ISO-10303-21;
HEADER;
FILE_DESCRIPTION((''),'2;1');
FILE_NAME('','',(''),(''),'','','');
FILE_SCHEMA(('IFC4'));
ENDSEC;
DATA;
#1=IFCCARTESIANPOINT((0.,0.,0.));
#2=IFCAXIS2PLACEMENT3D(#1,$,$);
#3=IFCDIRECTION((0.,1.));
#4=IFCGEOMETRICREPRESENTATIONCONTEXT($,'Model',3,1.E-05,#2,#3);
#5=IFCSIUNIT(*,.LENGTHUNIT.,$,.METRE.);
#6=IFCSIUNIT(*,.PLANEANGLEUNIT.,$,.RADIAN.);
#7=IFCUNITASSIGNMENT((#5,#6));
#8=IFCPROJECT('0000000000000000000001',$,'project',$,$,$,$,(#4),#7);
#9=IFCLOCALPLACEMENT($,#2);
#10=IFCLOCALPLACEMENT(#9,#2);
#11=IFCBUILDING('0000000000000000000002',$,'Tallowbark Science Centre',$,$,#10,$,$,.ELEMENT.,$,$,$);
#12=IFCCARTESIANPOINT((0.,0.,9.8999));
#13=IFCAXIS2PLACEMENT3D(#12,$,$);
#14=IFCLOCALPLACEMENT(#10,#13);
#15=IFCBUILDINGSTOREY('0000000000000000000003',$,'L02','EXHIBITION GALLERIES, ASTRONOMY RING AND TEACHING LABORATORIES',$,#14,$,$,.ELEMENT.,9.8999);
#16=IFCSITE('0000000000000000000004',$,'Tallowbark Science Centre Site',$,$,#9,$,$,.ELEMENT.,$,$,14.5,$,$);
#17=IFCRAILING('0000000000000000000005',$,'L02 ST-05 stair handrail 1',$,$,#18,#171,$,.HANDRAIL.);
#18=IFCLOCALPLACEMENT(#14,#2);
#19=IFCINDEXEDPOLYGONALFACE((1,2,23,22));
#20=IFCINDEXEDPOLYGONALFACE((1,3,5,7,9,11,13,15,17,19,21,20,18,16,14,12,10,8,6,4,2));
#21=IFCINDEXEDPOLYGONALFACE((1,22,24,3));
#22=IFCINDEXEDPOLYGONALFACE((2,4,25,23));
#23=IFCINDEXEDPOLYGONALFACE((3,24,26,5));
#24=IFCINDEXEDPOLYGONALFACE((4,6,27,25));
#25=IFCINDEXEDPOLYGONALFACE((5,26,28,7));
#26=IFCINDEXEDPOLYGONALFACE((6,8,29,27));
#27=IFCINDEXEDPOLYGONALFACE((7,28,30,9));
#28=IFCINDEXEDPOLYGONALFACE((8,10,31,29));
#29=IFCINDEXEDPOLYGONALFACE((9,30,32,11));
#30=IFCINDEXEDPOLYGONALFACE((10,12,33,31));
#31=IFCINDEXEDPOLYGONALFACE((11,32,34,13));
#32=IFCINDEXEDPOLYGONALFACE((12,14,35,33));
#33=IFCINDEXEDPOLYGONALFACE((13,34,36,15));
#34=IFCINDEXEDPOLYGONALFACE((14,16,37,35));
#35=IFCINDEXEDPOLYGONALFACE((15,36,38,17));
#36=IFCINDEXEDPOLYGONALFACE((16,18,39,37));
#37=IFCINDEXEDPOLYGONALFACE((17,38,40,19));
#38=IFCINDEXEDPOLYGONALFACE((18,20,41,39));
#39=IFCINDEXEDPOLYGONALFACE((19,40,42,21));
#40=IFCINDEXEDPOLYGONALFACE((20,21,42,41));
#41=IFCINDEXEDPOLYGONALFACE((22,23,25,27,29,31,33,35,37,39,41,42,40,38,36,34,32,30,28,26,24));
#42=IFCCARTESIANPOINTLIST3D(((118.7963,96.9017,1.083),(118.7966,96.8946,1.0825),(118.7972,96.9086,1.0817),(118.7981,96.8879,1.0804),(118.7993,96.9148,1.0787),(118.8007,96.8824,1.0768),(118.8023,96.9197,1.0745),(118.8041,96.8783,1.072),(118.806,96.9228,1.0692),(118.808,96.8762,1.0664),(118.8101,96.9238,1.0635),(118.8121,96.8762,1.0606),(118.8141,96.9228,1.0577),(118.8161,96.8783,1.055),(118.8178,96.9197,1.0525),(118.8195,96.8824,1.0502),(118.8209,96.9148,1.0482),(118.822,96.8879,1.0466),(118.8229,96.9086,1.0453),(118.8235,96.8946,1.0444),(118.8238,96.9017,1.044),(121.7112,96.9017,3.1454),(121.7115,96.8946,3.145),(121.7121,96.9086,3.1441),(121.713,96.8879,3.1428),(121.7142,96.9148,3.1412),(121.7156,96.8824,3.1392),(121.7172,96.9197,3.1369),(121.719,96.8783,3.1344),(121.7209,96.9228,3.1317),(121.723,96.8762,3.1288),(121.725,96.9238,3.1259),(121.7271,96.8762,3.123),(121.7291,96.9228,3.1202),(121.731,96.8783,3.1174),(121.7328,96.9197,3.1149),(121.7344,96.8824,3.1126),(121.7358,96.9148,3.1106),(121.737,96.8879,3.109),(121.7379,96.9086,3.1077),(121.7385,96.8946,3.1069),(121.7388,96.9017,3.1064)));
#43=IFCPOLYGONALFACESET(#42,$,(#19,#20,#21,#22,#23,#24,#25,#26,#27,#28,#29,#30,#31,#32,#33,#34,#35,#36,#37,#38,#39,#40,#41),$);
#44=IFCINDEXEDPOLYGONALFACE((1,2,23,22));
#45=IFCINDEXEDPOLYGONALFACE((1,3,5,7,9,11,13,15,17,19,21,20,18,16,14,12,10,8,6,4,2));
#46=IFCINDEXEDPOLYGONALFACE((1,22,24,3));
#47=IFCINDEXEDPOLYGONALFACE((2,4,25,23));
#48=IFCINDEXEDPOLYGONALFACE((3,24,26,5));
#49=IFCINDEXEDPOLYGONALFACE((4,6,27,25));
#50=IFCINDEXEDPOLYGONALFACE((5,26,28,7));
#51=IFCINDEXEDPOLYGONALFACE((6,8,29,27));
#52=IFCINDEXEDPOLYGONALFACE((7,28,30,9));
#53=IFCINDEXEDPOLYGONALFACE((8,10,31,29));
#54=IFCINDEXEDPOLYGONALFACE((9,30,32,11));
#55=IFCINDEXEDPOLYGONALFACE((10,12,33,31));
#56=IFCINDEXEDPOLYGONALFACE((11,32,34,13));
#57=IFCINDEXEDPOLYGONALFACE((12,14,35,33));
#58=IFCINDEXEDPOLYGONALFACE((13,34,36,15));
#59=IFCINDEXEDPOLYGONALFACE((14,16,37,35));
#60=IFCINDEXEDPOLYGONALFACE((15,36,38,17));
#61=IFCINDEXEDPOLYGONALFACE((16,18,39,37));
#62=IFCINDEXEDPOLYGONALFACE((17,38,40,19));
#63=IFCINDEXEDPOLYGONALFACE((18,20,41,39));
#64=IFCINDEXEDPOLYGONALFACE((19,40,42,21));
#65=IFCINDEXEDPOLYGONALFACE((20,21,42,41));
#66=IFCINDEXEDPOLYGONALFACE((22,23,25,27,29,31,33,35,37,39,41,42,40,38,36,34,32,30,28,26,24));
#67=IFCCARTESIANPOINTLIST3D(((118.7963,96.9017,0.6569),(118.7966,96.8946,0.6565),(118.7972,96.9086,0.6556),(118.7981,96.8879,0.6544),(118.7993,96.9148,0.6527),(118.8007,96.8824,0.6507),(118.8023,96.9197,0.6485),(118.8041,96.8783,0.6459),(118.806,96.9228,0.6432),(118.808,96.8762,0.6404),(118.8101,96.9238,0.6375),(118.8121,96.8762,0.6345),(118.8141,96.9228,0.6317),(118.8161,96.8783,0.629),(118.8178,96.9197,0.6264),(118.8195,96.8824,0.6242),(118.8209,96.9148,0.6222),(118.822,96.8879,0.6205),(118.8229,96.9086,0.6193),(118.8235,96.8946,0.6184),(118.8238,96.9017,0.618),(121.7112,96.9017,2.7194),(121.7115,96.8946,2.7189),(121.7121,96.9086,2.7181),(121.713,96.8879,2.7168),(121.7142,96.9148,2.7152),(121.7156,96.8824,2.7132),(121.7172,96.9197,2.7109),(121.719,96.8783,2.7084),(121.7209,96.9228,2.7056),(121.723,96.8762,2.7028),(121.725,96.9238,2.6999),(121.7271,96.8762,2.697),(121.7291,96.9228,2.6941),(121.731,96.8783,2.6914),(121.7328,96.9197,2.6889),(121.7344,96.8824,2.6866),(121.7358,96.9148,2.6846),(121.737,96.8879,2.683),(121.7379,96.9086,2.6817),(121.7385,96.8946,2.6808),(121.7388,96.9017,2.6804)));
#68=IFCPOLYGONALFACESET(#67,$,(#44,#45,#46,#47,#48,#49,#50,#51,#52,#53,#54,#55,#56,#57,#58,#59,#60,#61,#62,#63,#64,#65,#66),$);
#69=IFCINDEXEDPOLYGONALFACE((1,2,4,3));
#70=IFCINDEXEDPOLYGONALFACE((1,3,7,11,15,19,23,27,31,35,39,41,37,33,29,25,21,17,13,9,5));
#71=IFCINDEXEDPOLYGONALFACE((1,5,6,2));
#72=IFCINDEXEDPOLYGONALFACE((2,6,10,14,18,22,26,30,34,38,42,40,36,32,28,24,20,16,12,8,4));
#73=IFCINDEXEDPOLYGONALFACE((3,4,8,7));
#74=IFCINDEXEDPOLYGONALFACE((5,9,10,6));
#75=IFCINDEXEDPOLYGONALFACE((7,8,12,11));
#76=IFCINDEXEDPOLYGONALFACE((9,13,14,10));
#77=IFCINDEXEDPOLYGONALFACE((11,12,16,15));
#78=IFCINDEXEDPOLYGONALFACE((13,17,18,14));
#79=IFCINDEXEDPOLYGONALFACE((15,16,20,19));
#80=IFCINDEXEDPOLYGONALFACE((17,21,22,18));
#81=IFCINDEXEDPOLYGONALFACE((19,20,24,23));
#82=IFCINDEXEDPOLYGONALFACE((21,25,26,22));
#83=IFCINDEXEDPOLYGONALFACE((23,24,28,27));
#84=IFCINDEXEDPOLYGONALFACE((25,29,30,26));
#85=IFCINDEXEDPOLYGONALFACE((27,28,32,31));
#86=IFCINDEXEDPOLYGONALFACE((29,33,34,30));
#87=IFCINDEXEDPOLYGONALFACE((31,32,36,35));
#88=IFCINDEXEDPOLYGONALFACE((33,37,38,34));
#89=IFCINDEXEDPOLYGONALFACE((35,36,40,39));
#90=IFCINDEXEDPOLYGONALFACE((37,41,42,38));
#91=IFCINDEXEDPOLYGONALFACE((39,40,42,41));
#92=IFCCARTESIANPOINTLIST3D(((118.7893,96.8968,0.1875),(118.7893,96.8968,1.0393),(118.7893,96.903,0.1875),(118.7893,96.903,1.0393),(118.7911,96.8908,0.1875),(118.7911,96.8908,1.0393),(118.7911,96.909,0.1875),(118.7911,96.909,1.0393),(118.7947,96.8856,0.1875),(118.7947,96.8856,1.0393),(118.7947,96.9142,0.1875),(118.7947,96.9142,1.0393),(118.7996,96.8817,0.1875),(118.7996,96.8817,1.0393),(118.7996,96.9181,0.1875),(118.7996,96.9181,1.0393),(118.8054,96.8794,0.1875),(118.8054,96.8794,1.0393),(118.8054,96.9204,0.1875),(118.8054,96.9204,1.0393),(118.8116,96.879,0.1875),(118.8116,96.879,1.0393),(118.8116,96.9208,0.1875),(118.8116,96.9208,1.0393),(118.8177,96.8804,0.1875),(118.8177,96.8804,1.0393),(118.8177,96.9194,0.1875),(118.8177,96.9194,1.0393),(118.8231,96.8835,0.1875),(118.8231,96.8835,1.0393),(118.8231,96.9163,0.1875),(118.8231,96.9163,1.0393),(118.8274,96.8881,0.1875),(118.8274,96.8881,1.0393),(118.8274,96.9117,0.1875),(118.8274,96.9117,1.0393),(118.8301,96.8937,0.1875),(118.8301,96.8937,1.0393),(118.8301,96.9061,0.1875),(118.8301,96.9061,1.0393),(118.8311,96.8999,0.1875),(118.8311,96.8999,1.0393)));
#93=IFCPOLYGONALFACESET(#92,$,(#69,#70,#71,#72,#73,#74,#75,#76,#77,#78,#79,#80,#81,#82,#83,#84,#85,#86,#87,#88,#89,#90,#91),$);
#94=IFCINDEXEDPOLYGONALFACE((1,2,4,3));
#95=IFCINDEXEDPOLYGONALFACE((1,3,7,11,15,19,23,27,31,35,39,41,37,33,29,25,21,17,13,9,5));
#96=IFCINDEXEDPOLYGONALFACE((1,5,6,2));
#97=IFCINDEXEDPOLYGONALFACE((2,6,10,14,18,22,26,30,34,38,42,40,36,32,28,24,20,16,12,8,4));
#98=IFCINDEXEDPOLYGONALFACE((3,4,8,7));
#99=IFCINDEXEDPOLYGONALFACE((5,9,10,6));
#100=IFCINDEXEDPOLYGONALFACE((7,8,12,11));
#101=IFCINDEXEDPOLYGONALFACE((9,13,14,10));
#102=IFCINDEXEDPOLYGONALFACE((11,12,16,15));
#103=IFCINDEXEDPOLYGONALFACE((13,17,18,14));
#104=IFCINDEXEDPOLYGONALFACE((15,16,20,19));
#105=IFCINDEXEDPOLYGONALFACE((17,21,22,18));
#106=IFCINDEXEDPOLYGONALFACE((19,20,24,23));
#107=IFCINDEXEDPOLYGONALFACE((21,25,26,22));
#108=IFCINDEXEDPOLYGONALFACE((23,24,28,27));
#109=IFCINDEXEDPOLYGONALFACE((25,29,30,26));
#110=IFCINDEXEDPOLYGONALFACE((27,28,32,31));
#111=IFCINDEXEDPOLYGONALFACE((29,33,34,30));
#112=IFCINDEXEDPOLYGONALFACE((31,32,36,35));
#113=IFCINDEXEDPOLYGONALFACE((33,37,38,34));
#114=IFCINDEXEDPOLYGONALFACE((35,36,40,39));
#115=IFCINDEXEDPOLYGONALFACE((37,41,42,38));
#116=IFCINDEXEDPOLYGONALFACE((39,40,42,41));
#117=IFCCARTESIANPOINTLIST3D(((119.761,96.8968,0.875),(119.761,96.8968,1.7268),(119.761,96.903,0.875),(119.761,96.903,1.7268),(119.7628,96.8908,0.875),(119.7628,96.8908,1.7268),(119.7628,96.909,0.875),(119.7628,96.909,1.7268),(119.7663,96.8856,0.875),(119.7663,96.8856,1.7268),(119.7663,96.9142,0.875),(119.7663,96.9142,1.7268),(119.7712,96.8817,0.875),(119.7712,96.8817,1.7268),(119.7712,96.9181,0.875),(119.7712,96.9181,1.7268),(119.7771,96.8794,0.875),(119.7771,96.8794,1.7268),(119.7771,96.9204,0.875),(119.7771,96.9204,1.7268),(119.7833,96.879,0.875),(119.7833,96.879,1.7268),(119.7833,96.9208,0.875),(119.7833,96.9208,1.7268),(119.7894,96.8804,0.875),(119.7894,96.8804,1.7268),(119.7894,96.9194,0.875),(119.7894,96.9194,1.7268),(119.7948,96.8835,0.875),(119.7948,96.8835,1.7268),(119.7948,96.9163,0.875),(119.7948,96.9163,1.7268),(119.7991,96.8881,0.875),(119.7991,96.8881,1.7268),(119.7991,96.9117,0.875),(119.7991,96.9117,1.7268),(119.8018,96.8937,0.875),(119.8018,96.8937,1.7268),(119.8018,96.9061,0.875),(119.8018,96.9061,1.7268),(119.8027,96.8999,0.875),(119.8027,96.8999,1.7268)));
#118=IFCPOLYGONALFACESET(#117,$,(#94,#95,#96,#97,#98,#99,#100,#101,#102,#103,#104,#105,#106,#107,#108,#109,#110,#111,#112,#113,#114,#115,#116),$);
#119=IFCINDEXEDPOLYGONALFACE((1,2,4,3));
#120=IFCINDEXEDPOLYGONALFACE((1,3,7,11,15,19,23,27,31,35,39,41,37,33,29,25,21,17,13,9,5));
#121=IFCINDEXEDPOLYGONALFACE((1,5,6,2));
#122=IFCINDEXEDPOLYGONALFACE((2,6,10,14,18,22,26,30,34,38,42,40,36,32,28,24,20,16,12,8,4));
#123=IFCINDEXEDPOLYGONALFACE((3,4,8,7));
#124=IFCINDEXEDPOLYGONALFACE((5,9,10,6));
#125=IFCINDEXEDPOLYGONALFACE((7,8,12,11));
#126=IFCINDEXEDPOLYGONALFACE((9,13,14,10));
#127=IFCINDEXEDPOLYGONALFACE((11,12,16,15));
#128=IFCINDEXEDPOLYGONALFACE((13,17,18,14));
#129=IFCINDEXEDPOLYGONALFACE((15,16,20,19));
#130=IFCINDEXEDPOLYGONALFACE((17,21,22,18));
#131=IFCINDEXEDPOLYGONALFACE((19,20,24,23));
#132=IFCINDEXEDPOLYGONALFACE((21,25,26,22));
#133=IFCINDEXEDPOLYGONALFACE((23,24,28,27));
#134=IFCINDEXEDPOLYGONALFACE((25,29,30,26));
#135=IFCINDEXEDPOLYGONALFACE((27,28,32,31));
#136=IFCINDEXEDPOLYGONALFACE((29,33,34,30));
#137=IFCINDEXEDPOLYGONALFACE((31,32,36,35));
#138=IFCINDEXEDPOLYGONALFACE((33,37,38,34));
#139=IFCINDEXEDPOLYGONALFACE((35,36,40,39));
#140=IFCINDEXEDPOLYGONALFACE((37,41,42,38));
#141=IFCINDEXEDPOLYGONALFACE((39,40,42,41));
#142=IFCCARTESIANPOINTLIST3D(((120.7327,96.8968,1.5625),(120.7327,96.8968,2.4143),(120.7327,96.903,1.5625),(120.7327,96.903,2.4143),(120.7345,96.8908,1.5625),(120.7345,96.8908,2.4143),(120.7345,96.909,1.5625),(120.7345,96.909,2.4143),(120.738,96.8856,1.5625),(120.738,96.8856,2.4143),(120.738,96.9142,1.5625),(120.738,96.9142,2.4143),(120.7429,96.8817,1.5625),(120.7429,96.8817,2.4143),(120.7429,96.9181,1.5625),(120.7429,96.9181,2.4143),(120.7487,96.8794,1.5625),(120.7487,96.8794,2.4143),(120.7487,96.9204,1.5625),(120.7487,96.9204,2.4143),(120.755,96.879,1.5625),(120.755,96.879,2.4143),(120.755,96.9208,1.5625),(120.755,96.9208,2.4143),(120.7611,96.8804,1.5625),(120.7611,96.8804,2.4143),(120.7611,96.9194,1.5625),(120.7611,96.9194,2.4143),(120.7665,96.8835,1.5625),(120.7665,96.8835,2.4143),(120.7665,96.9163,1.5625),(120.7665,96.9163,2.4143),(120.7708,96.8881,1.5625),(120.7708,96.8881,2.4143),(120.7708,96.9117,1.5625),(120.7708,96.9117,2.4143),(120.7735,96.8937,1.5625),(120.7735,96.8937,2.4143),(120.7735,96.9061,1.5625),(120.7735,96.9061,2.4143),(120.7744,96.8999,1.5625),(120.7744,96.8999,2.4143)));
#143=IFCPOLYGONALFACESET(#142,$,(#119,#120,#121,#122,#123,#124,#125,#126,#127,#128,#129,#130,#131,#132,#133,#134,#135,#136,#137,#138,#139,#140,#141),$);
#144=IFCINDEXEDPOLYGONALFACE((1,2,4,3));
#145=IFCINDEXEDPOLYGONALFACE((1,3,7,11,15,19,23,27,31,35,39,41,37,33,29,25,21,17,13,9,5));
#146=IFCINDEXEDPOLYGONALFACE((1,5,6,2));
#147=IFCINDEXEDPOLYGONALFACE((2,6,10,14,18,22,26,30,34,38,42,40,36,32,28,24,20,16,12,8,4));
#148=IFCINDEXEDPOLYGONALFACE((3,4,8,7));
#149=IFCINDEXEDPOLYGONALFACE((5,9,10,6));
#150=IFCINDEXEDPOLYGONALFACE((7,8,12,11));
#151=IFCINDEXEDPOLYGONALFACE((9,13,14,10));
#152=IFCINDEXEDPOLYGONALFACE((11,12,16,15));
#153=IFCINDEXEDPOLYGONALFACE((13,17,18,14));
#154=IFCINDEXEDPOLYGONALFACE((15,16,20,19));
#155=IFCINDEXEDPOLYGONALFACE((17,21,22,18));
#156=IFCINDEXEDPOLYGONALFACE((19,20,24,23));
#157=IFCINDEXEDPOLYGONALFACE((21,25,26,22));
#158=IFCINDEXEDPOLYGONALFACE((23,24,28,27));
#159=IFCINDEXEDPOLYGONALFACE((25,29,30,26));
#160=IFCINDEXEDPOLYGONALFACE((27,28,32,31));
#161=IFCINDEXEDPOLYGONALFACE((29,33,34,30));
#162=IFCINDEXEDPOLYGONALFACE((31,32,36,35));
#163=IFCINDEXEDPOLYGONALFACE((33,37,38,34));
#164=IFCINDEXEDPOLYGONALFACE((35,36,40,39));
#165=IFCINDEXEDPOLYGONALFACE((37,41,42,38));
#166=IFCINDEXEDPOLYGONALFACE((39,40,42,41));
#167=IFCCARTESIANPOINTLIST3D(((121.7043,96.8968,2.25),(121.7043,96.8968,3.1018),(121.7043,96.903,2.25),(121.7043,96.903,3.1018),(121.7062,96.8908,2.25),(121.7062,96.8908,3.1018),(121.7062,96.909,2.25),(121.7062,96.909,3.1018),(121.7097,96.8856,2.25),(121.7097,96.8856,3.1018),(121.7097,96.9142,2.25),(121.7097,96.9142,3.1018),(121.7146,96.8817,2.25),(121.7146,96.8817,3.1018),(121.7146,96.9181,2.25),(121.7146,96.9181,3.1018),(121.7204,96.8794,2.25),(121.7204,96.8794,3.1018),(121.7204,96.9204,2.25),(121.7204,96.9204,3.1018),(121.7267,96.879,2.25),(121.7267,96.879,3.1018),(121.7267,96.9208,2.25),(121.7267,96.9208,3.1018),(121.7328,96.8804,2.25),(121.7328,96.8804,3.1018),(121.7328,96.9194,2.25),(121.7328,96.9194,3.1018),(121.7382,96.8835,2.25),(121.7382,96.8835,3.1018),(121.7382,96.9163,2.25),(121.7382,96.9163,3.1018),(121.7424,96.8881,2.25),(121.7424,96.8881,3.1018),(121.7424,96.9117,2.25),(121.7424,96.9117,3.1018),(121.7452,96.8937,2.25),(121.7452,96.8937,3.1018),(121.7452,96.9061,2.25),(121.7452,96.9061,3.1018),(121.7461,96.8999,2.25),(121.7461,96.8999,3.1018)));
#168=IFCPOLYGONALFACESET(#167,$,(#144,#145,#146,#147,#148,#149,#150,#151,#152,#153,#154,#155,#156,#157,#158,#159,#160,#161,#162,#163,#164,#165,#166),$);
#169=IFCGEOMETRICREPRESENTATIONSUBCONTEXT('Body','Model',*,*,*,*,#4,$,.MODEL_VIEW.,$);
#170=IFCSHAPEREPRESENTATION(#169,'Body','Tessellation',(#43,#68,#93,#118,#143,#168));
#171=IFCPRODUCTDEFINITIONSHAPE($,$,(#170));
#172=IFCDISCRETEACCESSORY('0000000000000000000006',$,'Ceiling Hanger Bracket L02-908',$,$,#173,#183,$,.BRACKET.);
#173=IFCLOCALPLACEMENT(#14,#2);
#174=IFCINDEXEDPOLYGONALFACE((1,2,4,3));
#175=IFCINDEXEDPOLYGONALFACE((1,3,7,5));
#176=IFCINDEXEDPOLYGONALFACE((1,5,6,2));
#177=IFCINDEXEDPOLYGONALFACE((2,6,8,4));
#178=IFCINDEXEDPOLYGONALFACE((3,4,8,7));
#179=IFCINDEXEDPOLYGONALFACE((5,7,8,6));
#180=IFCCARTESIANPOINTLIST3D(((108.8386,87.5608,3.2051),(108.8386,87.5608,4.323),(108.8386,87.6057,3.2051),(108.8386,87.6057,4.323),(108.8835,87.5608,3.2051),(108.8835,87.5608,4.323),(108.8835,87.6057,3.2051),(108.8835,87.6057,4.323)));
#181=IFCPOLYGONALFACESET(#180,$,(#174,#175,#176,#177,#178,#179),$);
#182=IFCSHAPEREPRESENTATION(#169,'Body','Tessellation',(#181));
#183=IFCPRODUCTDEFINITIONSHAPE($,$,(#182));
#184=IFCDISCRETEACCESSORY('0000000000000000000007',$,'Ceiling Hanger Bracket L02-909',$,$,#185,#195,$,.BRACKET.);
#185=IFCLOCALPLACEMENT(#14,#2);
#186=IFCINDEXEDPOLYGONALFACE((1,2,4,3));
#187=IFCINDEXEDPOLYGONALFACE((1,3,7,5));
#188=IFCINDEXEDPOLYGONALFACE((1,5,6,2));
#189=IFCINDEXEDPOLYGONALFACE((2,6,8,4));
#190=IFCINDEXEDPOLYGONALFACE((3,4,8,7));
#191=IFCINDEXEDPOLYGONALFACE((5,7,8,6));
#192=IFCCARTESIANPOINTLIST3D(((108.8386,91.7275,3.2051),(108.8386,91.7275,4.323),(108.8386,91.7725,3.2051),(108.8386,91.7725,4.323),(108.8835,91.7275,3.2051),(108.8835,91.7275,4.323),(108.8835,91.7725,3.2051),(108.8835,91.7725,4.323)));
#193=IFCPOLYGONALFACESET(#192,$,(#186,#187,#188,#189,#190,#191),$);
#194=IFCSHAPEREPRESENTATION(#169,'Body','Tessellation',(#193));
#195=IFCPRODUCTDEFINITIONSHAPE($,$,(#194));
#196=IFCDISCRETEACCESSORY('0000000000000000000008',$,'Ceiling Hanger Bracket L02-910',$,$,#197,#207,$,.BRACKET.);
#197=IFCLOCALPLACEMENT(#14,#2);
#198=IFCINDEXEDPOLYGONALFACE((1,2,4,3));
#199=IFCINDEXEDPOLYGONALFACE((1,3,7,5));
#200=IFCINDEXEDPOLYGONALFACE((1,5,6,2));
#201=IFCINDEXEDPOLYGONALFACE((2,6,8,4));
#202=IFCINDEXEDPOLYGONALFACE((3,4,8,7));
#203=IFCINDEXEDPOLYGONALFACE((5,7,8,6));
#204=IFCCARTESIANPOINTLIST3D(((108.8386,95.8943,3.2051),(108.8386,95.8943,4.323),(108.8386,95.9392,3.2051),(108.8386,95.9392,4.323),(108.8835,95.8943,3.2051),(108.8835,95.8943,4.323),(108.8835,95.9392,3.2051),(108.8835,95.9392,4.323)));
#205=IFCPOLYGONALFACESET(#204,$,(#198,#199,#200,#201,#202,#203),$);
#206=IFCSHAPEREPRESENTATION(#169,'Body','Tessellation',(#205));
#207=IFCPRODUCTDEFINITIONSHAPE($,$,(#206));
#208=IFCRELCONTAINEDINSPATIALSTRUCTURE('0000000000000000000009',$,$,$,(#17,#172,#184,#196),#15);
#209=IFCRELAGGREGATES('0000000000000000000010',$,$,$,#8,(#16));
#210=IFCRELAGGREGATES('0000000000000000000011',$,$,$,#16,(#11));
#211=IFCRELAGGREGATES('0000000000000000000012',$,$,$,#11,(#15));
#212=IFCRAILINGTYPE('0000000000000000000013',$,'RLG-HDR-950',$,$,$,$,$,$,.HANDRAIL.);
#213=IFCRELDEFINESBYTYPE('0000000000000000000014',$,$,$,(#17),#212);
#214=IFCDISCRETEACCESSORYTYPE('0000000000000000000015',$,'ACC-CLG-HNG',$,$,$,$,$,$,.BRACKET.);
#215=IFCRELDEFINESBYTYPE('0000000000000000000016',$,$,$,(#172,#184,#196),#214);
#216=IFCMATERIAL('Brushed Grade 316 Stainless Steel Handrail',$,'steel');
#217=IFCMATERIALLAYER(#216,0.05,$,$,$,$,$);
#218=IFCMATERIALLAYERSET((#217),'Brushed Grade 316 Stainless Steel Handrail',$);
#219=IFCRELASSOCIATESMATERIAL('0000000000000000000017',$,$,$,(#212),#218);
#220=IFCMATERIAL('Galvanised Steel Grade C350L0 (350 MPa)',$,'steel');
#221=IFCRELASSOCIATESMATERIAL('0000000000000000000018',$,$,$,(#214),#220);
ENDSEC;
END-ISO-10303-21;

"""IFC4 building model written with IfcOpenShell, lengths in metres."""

from ifc_helpers import new_model, si_unit, direction, frame, origin, origin_2d, place, context, subcontext, project, spatial, rectangle, circle, extrude, material, layer, layer_set, type_object, element, save


model = new_model("IFC4")

# Units and contexts
model_context = context("Model", 3, precision=1e-05, world=origin(), true_north=direction((0.0, 1.0)))
body_context = subcontext(model_context, "Body", "Model", "MODEL_VIEW")
ifc_project = project(units=[si_unit("LENGTHUNIT", "METRE"), si_unit("PLANEANGLEUNIT", "RADIAN")], contexts=[model_context])

# Site, building, storey
site_placement = place(None, origin())
site = spatial("IfcSite", under=ifc_project, at=site_placement, Name="Tallowbark Science Centre Site", CompositionType="ELEMENT", RefElevation=14.5)
building_placement = place(site_placement, origin())
building = spatial("IfcBuilding", under=site, at=building_placement, Name="Tallowbark Science Centre", CompositionType="ELEMENT")
storey_placement = place(building_placement, frame((0.0, 0.0, 9.8999)))
storey = spatial("IfcBuildingStorey", under=building, at=storey_placement, Name="L02", Description="EXHIBITION GALLERIES, ASTRONOMY RING AND TEACHING LABORATORIES", CompositionType="ELEMENT", Elevation=9.8999)

# Railing
ifc_material_1 = material(Name="Brushed Grade 316 Stainless Steel Handrail", Category="steel")
ifc_layer_1 = layer(ifc_material_1, 0.05)
ifc_layer_set_1 = layer_set([ifc_layer_1], Name="Brushed Grade 316 Stainless Steel Handrail")
railing_type_1 = type_object("IfcRailingType", Name="RLG-HDR-950", PredefinedType="HANDRAIL", material=ifc_layer_set_1)
railing_1_placement = place(storey_placement, frame((118.8101, 96.8999, 0.1875)))
element("IfcRailing", 1, at=railing_1_placement, inside=storey, type_object=railing_type_1, Name="L02 ST-05 stair handrail 1", PredefinedType="HANDRAIL", context=body_context, shape_type="SweptSolid", body=[
    extrude(circle(Radius=0.0239, at=origin_2d()), frame((0.0, 0.0, 0.876), z_axis=(0.816331, 0.0, 0.577585), x_axis=(0.0, 1.0, 0.0)), (0.0, 0.0, 1.0), 3.5708),
    extrude(circle(Radius=0.0239, at=origin_2d()), frame((0.0, 0.0, 0.45), z_axis=(0.816331, 0.0, 0.577585), x_axis=(0.0, 1.0, 0.0)), (0.0, 0.0, 1.0), 3.5708),
    extrude(circle(Radius=0.021, at=origin_2d()), origin(), (0.0, 0.0, 1.0), 0.8518),
    extrude(circle(Radius=0.021, at=origin_2d()), frame((0.9717, 0.0, 0.6875)), (0.0, 0.0, 1.0), 0.8518),
    extrude(circle(Radius=0.021, at=origin_2d()), frame((1.9434, 0.0, 1.375)), (0.0, 0.0, 1.0), 0.8518),
    extrude(circle(Radius=0.021, at=origin_2d()), frame((2.915, 0.0, 2.0625)), (0.0, 0.0, 1.0), 0.8518),
])

# Discrete accessories
ifc_material_2 = material(Name="Galvanised Steel Grade C350L0 (350 MPa)", Category="steel")
discrete_accessory_type = type_object("IfcDiscreteAccessoryType", Name="ACC-CLG-HNG", PredefinedType="BRACKET", material=ifc_material_2)
for number, where, z_axis, x_axis, name in (
    (2, (108.8611, 87.5833, 3.2051), (0.0, 0.0, 1.0), (1.0, 0.0, 0.0), "Ceiling Hanger Bracket L02-908"),
    (3, (108.8611, 91.75, 3.2051), (0.0, 0.0, 1.0), (1.0, 0.0, 0.0), "Ceiling Hanger Bracket L02-909"),
    (4, (108.8611, 95.9167, 3.2051), (0.0, 0.0, 1.0), (1.0, 0.0, 0.0), "Ceiling Hanger Bracket L02-910"),
):
    element("IfcDiscreteAccessory", number, at=place(storey_placement, frame(where, z_axis=z_axis, x_axis=x_axis)), inside=storey, type_object=discrete_accessory_type, Name=name, PredefinedType="BRACKET", context=body_context, shape_type="SweptSolid", body=[
        extrude(rectangle(XDim=0.0449, YDim=0.0449, at=origin_2d()), origin(), (0.0, 0.0, 1.0), 1.1179),
    ])

save(model, "model.ifc")
